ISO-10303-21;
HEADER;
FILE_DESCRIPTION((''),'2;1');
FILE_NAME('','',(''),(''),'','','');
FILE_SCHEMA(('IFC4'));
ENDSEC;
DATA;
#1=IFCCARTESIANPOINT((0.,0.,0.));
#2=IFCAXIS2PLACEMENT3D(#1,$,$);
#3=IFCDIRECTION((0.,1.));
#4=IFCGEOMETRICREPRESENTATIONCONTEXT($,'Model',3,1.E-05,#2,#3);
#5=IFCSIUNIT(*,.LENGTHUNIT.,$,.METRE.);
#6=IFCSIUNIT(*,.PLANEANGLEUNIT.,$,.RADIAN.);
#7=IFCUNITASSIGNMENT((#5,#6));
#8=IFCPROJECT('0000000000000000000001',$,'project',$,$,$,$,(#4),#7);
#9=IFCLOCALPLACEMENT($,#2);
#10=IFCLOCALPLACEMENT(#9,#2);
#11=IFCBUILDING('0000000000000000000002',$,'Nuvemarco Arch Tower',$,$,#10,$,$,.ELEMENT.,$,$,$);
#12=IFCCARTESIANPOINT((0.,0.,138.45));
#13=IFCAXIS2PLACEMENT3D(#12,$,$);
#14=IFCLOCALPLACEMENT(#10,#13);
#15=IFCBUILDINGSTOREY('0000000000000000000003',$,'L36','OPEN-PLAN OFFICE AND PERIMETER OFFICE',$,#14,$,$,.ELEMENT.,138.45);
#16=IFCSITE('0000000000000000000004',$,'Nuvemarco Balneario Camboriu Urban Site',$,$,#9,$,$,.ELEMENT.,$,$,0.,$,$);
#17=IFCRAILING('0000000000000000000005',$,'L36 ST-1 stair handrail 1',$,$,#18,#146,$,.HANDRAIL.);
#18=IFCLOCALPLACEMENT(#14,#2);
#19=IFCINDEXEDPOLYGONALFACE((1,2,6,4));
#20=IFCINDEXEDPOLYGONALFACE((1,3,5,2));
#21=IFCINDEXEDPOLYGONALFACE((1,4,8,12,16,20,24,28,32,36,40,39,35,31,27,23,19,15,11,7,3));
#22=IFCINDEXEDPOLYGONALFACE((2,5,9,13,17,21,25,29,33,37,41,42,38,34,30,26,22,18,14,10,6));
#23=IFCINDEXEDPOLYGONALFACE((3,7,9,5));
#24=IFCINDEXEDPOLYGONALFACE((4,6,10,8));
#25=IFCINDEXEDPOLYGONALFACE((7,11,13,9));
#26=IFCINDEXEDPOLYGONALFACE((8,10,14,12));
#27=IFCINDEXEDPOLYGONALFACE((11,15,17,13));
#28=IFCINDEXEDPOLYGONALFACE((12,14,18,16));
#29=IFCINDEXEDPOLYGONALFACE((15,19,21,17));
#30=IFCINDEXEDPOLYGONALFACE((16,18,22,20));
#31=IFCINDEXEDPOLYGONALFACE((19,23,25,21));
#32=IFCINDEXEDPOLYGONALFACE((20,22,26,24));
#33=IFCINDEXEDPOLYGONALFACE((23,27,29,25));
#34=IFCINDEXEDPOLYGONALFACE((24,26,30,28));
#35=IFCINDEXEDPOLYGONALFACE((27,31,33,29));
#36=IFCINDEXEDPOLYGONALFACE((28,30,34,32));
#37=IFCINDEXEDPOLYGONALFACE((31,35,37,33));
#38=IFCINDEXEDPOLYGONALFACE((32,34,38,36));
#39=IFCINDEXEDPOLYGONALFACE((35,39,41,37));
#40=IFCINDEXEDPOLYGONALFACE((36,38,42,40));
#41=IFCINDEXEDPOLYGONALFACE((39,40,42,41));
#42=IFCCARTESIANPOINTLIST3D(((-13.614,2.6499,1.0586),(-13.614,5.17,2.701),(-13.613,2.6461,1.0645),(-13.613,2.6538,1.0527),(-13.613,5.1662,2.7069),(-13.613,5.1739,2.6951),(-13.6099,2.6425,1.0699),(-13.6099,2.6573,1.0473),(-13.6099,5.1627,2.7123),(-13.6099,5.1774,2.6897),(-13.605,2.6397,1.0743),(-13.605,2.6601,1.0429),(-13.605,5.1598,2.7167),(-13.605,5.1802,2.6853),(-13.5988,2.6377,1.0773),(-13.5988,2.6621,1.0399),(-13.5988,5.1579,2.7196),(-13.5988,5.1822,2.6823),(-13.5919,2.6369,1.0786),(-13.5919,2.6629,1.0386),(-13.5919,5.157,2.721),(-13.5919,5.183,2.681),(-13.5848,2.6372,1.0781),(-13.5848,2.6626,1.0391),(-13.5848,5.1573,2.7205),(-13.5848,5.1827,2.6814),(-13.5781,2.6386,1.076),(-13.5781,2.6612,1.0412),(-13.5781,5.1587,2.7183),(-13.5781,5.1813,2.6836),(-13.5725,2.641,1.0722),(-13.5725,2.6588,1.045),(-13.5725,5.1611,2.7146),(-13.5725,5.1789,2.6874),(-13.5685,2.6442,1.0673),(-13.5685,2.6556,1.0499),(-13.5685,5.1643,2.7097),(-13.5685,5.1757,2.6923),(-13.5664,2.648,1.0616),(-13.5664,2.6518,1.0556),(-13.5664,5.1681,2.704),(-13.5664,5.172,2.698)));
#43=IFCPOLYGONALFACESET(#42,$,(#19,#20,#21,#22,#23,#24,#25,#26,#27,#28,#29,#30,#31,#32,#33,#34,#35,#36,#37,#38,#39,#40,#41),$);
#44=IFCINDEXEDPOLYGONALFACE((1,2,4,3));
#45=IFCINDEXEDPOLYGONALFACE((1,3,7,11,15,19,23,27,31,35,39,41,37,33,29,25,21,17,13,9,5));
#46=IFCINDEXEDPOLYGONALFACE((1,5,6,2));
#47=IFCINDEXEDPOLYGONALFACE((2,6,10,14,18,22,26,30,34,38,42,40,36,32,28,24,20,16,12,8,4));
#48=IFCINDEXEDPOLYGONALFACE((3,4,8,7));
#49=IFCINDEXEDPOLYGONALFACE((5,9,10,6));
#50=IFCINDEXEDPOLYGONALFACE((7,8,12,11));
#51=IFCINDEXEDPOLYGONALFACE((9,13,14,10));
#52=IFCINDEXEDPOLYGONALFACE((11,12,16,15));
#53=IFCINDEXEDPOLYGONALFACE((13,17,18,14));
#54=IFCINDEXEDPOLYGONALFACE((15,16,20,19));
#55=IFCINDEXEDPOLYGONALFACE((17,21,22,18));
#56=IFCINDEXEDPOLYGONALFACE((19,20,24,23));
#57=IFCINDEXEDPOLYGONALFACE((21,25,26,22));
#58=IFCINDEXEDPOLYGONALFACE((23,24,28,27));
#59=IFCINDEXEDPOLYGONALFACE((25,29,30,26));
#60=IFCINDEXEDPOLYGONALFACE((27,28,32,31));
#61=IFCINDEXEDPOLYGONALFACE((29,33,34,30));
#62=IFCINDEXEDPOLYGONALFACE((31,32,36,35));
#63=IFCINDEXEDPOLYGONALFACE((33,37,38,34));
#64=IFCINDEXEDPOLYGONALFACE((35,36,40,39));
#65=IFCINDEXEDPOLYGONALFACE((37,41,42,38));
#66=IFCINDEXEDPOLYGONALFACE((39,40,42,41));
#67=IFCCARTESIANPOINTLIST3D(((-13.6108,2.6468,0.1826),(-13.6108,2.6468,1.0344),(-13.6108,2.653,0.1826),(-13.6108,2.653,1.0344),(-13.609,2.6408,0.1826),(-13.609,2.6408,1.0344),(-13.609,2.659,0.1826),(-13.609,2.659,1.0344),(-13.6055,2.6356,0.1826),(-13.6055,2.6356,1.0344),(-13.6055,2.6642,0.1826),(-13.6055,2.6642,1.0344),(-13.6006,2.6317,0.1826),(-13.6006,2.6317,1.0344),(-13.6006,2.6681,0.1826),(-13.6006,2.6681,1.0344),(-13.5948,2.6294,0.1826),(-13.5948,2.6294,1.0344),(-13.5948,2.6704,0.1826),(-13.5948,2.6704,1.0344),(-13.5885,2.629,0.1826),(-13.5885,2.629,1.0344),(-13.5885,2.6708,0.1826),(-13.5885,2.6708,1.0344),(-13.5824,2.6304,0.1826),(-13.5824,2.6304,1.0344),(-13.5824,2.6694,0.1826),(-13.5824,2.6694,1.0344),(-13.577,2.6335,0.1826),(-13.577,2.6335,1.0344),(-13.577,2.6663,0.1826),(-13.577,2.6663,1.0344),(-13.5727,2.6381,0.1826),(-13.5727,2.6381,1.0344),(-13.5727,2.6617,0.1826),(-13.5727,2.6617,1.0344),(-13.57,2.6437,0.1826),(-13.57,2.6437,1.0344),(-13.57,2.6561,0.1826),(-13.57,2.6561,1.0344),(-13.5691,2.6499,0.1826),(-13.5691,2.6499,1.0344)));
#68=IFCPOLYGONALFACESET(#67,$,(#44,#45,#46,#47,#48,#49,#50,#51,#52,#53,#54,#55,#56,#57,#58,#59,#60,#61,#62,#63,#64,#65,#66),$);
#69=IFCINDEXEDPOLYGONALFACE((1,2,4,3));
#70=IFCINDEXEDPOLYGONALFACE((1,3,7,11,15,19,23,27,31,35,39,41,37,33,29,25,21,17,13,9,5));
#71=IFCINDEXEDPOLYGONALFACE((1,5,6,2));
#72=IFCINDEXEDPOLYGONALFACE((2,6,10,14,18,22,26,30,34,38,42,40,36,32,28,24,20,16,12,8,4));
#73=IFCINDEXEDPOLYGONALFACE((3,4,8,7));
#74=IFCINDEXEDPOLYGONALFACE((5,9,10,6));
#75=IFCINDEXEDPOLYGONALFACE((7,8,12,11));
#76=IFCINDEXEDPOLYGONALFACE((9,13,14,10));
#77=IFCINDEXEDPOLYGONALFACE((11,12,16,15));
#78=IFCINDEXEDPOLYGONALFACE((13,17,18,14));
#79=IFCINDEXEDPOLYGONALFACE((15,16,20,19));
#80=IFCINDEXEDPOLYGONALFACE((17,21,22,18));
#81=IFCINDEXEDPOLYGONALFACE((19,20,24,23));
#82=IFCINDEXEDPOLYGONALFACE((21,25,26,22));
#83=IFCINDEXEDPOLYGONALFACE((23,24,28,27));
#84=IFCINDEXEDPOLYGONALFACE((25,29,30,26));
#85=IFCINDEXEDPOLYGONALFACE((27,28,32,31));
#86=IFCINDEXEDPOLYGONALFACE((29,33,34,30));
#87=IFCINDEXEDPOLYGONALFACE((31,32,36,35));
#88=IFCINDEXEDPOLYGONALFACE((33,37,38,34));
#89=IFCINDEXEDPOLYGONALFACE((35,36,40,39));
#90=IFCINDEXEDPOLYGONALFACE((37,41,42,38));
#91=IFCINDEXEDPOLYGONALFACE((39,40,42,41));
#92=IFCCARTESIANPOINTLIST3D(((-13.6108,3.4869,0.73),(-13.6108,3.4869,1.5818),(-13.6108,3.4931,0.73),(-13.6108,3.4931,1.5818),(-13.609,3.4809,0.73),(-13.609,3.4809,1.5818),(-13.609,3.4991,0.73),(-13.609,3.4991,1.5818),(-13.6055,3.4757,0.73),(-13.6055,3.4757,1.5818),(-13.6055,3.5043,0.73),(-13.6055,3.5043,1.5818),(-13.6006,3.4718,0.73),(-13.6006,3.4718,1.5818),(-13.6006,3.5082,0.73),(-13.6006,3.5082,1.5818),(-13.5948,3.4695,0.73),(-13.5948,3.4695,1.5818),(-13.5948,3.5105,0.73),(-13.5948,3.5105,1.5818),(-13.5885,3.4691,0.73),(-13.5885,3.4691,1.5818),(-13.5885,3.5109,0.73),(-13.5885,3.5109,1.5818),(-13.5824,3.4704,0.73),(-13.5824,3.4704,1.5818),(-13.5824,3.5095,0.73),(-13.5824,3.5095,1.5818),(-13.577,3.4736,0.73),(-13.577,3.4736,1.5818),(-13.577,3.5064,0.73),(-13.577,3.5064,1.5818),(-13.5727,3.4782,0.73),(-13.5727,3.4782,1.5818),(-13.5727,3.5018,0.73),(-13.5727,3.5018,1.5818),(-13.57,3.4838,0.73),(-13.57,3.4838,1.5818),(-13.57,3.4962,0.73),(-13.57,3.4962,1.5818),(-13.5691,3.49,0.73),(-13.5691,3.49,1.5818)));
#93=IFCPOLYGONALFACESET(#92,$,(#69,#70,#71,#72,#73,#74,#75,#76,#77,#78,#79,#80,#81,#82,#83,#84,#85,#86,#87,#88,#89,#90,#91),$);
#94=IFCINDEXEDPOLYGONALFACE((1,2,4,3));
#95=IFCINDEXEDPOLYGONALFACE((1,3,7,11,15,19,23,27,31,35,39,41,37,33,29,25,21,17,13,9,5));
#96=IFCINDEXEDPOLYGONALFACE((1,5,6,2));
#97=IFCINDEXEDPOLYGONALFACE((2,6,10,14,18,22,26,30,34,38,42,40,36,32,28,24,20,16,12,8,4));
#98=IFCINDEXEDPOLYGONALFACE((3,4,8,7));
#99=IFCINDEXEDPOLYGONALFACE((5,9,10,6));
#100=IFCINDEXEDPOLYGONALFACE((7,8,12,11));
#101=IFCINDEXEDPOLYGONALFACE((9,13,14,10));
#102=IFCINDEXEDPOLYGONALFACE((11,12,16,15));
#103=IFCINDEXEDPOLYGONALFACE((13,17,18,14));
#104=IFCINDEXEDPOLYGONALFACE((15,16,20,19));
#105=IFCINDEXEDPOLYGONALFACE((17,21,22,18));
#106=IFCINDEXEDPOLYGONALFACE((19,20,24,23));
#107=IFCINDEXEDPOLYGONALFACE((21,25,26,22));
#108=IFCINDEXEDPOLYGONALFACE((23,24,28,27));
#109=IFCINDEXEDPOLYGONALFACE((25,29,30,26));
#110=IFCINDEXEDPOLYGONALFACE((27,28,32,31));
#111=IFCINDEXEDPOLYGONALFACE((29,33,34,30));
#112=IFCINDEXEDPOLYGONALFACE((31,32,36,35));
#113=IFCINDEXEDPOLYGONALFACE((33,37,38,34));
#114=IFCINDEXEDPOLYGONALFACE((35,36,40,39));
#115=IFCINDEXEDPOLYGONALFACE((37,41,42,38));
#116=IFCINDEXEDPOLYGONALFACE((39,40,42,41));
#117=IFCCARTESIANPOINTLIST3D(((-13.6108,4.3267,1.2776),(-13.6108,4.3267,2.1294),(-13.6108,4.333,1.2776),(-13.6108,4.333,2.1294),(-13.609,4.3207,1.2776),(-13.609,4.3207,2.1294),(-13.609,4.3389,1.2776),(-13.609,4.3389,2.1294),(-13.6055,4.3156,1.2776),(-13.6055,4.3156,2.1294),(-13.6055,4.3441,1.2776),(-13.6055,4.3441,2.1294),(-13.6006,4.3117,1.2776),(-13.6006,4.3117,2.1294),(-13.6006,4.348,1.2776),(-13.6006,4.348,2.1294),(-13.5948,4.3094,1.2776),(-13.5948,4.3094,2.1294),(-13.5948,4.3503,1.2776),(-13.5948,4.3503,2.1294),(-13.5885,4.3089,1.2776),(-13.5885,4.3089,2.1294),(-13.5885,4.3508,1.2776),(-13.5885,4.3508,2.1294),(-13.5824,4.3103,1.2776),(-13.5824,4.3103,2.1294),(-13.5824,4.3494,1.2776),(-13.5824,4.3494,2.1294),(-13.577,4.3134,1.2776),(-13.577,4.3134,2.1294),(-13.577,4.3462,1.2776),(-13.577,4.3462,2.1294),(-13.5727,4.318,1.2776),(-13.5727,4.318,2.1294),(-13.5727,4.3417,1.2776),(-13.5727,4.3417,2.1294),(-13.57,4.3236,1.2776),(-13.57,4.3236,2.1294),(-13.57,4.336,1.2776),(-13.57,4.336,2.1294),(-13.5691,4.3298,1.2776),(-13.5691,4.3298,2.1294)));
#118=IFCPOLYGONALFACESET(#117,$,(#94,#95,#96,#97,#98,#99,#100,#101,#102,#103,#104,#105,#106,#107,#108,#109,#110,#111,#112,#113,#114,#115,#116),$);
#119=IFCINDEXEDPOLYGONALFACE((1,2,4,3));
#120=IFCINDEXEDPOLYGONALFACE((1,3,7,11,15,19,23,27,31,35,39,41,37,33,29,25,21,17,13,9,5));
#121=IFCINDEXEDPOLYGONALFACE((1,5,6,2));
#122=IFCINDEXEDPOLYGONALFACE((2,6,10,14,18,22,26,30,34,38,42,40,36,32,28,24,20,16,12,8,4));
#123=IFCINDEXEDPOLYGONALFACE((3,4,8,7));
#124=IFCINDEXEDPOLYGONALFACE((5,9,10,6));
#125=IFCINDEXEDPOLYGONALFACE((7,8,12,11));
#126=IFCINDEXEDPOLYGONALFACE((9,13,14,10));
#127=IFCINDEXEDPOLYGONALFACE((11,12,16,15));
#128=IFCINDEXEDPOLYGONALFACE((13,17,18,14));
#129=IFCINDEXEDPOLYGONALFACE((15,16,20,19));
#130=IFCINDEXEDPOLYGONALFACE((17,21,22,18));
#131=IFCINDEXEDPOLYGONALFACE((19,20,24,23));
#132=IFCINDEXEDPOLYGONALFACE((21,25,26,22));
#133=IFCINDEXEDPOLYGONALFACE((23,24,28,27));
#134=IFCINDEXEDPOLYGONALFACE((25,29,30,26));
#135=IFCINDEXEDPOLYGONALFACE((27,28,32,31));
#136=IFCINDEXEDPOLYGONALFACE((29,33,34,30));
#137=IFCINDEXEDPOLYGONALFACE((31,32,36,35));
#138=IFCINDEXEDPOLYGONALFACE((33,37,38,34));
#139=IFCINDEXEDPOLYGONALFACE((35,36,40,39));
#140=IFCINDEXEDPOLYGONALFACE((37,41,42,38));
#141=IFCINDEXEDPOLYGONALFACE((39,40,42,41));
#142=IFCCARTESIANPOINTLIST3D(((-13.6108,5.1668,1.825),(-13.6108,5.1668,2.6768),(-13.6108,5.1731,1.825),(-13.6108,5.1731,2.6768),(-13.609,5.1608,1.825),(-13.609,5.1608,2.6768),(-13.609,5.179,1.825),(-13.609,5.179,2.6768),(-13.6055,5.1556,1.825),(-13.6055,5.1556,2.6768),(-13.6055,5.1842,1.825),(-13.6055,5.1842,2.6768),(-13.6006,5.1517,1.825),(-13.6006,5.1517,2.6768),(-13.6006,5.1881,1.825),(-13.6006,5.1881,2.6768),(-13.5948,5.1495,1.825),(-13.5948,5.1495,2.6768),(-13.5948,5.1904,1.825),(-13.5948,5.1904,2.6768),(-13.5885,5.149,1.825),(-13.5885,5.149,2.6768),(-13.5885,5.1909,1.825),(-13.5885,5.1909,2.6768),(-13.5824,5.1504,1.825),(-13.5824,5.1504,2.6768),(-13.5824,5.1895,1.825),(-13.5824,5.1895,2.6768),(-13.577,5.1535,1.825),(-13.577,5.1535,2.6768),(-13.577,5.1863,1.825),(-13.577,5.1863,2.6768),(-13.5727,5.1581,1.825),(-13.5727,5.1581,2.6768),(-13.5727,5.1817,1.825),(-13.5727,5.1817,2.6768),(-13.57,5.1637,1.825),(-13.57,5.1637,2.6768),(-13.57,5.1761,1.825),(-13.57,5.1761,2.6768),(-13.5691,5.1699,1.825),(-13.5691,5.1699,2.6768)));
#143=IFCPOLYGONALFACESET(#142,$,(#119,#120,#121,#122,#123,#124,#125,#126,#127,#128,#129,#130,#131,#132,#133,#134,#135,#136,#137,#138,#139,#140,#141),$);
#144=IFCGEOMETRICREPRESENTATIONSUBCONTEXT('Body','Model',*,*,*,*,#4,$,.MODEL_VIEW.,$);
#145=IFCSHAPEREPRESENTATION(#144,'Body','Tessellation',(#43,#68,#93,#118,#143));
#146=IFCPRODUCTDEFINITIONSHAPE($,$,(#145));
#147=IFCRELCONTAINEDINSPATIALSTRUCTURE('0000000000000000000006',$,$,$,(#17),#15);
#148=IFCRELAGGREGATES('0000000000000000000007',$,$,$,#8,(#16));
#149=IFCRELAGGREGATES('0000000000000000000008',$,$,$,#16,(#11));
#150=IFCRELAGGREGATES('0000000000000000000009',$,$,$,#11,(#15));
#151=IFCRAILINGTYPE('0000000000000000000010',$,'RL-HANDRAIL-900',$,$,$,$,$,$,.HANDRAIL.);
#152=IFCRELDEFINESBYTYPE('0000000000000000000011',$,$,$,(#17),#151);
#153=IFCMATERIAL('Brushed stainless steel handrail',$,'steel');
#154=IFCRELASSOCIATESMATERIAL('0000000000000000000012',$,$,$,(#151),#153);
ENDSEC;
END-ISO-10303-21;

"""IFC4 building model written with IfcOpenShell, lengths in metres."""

from ifc_helpers import new_model, si_unit, direction, frame, origin, origin_2d, place, context, subcontext, project, spatial, circle, extrude, material, type_object, element, save


model = new_model("IFC4")

# Units and contexts
model_context = context("Model", 3, precision=1e-05, world=origin(), true_north=direction((0.0, 1.0)))
body_context = subcontext(model_context, "Body", "Model", "MODEL_VIEW")
ifc_project = project(units=[si_unit("LENGTHUNIT", "METRE"), si_unit("PLANEANGLEUNIT", "RADIAN")], contexts=[model_context])

# Site, building, storey
site_placement = place(None, origin())
site = spatial("IfcSite", under=ifc_project, at=site_placement, Name="Nuvemarco Balneario Camboriu Urban Site", CompositionType="ELEMENT", RefElevation=0.0)
building_placement = place(site_placement, origin())
building = spatial("IfcBuilding", under=site, at=building_placement, Name="Nuvemarco Arch Tower", CompositionType="ELEMENT")
storey_placement = place(building_placement, frame((0.0, 0.0, 138.45)))
storey = spatial("IfcBuildingStorey", under=building, at=storey_placement, Name="L36", Description="OPEN-PLAN OFFICE AND PERIMETER OFFICE", CompositionType="ELEMENT", Elevation=138.45)

# Railing
ifc_material_1 = material(Name="Brushed stainless steel handrail", Category="steel")
railing_type_1 = type_object("IfcRailingType", Name="RL-HANDRAIL-900", PredefinedType="HANDRAIL", material=ifc_material_1)
railing_1_placement = place(storey_placement, frame((-13.5901, 2.6499, 0.1826)))
element("IfcRailing", 1, at=railing_1_placement, inside=storey, type_object=railing_type_1, Name="L36 ST-1 stair handrail 1", PredefinedType="HANDRAIL", context=body_context, shape_type="SweptSolid", body=[
    extrude(circle(Radius=0.0239, at=origin_2d()), frame((0.0, 0.0, 0.876), z_axis=(0.0, 0.837787, 0.545998), x_axis=(-1.0, 0.0, 0.0)), (0.0, 0.0, 1.0), 3.0081),
    extrude(circle(Radius=0.021, at=origin_2d()), origin(), (0.0, 0.0, 1.0), 0.8518),
    extrude(circle(Radius=0.021, at=origin_2d()), frame((0.0, 0.8401, 0.5474)), (0.0, 0.0, 1.0), 0.8518),
    extrude(circle(Radius=0.021, at=origin_2d()), frame((0.0, 1.6799, 1.095)), (0.0, 0.0, 1.0), 0.8518),
    extrude(circle(Radius=0.021, at=origin_2d()), frame((0.0, 2.52, 1.6423)), (0.0, 0.0, 1.0), 0.8518),
])

save(model, "model.ifc")
